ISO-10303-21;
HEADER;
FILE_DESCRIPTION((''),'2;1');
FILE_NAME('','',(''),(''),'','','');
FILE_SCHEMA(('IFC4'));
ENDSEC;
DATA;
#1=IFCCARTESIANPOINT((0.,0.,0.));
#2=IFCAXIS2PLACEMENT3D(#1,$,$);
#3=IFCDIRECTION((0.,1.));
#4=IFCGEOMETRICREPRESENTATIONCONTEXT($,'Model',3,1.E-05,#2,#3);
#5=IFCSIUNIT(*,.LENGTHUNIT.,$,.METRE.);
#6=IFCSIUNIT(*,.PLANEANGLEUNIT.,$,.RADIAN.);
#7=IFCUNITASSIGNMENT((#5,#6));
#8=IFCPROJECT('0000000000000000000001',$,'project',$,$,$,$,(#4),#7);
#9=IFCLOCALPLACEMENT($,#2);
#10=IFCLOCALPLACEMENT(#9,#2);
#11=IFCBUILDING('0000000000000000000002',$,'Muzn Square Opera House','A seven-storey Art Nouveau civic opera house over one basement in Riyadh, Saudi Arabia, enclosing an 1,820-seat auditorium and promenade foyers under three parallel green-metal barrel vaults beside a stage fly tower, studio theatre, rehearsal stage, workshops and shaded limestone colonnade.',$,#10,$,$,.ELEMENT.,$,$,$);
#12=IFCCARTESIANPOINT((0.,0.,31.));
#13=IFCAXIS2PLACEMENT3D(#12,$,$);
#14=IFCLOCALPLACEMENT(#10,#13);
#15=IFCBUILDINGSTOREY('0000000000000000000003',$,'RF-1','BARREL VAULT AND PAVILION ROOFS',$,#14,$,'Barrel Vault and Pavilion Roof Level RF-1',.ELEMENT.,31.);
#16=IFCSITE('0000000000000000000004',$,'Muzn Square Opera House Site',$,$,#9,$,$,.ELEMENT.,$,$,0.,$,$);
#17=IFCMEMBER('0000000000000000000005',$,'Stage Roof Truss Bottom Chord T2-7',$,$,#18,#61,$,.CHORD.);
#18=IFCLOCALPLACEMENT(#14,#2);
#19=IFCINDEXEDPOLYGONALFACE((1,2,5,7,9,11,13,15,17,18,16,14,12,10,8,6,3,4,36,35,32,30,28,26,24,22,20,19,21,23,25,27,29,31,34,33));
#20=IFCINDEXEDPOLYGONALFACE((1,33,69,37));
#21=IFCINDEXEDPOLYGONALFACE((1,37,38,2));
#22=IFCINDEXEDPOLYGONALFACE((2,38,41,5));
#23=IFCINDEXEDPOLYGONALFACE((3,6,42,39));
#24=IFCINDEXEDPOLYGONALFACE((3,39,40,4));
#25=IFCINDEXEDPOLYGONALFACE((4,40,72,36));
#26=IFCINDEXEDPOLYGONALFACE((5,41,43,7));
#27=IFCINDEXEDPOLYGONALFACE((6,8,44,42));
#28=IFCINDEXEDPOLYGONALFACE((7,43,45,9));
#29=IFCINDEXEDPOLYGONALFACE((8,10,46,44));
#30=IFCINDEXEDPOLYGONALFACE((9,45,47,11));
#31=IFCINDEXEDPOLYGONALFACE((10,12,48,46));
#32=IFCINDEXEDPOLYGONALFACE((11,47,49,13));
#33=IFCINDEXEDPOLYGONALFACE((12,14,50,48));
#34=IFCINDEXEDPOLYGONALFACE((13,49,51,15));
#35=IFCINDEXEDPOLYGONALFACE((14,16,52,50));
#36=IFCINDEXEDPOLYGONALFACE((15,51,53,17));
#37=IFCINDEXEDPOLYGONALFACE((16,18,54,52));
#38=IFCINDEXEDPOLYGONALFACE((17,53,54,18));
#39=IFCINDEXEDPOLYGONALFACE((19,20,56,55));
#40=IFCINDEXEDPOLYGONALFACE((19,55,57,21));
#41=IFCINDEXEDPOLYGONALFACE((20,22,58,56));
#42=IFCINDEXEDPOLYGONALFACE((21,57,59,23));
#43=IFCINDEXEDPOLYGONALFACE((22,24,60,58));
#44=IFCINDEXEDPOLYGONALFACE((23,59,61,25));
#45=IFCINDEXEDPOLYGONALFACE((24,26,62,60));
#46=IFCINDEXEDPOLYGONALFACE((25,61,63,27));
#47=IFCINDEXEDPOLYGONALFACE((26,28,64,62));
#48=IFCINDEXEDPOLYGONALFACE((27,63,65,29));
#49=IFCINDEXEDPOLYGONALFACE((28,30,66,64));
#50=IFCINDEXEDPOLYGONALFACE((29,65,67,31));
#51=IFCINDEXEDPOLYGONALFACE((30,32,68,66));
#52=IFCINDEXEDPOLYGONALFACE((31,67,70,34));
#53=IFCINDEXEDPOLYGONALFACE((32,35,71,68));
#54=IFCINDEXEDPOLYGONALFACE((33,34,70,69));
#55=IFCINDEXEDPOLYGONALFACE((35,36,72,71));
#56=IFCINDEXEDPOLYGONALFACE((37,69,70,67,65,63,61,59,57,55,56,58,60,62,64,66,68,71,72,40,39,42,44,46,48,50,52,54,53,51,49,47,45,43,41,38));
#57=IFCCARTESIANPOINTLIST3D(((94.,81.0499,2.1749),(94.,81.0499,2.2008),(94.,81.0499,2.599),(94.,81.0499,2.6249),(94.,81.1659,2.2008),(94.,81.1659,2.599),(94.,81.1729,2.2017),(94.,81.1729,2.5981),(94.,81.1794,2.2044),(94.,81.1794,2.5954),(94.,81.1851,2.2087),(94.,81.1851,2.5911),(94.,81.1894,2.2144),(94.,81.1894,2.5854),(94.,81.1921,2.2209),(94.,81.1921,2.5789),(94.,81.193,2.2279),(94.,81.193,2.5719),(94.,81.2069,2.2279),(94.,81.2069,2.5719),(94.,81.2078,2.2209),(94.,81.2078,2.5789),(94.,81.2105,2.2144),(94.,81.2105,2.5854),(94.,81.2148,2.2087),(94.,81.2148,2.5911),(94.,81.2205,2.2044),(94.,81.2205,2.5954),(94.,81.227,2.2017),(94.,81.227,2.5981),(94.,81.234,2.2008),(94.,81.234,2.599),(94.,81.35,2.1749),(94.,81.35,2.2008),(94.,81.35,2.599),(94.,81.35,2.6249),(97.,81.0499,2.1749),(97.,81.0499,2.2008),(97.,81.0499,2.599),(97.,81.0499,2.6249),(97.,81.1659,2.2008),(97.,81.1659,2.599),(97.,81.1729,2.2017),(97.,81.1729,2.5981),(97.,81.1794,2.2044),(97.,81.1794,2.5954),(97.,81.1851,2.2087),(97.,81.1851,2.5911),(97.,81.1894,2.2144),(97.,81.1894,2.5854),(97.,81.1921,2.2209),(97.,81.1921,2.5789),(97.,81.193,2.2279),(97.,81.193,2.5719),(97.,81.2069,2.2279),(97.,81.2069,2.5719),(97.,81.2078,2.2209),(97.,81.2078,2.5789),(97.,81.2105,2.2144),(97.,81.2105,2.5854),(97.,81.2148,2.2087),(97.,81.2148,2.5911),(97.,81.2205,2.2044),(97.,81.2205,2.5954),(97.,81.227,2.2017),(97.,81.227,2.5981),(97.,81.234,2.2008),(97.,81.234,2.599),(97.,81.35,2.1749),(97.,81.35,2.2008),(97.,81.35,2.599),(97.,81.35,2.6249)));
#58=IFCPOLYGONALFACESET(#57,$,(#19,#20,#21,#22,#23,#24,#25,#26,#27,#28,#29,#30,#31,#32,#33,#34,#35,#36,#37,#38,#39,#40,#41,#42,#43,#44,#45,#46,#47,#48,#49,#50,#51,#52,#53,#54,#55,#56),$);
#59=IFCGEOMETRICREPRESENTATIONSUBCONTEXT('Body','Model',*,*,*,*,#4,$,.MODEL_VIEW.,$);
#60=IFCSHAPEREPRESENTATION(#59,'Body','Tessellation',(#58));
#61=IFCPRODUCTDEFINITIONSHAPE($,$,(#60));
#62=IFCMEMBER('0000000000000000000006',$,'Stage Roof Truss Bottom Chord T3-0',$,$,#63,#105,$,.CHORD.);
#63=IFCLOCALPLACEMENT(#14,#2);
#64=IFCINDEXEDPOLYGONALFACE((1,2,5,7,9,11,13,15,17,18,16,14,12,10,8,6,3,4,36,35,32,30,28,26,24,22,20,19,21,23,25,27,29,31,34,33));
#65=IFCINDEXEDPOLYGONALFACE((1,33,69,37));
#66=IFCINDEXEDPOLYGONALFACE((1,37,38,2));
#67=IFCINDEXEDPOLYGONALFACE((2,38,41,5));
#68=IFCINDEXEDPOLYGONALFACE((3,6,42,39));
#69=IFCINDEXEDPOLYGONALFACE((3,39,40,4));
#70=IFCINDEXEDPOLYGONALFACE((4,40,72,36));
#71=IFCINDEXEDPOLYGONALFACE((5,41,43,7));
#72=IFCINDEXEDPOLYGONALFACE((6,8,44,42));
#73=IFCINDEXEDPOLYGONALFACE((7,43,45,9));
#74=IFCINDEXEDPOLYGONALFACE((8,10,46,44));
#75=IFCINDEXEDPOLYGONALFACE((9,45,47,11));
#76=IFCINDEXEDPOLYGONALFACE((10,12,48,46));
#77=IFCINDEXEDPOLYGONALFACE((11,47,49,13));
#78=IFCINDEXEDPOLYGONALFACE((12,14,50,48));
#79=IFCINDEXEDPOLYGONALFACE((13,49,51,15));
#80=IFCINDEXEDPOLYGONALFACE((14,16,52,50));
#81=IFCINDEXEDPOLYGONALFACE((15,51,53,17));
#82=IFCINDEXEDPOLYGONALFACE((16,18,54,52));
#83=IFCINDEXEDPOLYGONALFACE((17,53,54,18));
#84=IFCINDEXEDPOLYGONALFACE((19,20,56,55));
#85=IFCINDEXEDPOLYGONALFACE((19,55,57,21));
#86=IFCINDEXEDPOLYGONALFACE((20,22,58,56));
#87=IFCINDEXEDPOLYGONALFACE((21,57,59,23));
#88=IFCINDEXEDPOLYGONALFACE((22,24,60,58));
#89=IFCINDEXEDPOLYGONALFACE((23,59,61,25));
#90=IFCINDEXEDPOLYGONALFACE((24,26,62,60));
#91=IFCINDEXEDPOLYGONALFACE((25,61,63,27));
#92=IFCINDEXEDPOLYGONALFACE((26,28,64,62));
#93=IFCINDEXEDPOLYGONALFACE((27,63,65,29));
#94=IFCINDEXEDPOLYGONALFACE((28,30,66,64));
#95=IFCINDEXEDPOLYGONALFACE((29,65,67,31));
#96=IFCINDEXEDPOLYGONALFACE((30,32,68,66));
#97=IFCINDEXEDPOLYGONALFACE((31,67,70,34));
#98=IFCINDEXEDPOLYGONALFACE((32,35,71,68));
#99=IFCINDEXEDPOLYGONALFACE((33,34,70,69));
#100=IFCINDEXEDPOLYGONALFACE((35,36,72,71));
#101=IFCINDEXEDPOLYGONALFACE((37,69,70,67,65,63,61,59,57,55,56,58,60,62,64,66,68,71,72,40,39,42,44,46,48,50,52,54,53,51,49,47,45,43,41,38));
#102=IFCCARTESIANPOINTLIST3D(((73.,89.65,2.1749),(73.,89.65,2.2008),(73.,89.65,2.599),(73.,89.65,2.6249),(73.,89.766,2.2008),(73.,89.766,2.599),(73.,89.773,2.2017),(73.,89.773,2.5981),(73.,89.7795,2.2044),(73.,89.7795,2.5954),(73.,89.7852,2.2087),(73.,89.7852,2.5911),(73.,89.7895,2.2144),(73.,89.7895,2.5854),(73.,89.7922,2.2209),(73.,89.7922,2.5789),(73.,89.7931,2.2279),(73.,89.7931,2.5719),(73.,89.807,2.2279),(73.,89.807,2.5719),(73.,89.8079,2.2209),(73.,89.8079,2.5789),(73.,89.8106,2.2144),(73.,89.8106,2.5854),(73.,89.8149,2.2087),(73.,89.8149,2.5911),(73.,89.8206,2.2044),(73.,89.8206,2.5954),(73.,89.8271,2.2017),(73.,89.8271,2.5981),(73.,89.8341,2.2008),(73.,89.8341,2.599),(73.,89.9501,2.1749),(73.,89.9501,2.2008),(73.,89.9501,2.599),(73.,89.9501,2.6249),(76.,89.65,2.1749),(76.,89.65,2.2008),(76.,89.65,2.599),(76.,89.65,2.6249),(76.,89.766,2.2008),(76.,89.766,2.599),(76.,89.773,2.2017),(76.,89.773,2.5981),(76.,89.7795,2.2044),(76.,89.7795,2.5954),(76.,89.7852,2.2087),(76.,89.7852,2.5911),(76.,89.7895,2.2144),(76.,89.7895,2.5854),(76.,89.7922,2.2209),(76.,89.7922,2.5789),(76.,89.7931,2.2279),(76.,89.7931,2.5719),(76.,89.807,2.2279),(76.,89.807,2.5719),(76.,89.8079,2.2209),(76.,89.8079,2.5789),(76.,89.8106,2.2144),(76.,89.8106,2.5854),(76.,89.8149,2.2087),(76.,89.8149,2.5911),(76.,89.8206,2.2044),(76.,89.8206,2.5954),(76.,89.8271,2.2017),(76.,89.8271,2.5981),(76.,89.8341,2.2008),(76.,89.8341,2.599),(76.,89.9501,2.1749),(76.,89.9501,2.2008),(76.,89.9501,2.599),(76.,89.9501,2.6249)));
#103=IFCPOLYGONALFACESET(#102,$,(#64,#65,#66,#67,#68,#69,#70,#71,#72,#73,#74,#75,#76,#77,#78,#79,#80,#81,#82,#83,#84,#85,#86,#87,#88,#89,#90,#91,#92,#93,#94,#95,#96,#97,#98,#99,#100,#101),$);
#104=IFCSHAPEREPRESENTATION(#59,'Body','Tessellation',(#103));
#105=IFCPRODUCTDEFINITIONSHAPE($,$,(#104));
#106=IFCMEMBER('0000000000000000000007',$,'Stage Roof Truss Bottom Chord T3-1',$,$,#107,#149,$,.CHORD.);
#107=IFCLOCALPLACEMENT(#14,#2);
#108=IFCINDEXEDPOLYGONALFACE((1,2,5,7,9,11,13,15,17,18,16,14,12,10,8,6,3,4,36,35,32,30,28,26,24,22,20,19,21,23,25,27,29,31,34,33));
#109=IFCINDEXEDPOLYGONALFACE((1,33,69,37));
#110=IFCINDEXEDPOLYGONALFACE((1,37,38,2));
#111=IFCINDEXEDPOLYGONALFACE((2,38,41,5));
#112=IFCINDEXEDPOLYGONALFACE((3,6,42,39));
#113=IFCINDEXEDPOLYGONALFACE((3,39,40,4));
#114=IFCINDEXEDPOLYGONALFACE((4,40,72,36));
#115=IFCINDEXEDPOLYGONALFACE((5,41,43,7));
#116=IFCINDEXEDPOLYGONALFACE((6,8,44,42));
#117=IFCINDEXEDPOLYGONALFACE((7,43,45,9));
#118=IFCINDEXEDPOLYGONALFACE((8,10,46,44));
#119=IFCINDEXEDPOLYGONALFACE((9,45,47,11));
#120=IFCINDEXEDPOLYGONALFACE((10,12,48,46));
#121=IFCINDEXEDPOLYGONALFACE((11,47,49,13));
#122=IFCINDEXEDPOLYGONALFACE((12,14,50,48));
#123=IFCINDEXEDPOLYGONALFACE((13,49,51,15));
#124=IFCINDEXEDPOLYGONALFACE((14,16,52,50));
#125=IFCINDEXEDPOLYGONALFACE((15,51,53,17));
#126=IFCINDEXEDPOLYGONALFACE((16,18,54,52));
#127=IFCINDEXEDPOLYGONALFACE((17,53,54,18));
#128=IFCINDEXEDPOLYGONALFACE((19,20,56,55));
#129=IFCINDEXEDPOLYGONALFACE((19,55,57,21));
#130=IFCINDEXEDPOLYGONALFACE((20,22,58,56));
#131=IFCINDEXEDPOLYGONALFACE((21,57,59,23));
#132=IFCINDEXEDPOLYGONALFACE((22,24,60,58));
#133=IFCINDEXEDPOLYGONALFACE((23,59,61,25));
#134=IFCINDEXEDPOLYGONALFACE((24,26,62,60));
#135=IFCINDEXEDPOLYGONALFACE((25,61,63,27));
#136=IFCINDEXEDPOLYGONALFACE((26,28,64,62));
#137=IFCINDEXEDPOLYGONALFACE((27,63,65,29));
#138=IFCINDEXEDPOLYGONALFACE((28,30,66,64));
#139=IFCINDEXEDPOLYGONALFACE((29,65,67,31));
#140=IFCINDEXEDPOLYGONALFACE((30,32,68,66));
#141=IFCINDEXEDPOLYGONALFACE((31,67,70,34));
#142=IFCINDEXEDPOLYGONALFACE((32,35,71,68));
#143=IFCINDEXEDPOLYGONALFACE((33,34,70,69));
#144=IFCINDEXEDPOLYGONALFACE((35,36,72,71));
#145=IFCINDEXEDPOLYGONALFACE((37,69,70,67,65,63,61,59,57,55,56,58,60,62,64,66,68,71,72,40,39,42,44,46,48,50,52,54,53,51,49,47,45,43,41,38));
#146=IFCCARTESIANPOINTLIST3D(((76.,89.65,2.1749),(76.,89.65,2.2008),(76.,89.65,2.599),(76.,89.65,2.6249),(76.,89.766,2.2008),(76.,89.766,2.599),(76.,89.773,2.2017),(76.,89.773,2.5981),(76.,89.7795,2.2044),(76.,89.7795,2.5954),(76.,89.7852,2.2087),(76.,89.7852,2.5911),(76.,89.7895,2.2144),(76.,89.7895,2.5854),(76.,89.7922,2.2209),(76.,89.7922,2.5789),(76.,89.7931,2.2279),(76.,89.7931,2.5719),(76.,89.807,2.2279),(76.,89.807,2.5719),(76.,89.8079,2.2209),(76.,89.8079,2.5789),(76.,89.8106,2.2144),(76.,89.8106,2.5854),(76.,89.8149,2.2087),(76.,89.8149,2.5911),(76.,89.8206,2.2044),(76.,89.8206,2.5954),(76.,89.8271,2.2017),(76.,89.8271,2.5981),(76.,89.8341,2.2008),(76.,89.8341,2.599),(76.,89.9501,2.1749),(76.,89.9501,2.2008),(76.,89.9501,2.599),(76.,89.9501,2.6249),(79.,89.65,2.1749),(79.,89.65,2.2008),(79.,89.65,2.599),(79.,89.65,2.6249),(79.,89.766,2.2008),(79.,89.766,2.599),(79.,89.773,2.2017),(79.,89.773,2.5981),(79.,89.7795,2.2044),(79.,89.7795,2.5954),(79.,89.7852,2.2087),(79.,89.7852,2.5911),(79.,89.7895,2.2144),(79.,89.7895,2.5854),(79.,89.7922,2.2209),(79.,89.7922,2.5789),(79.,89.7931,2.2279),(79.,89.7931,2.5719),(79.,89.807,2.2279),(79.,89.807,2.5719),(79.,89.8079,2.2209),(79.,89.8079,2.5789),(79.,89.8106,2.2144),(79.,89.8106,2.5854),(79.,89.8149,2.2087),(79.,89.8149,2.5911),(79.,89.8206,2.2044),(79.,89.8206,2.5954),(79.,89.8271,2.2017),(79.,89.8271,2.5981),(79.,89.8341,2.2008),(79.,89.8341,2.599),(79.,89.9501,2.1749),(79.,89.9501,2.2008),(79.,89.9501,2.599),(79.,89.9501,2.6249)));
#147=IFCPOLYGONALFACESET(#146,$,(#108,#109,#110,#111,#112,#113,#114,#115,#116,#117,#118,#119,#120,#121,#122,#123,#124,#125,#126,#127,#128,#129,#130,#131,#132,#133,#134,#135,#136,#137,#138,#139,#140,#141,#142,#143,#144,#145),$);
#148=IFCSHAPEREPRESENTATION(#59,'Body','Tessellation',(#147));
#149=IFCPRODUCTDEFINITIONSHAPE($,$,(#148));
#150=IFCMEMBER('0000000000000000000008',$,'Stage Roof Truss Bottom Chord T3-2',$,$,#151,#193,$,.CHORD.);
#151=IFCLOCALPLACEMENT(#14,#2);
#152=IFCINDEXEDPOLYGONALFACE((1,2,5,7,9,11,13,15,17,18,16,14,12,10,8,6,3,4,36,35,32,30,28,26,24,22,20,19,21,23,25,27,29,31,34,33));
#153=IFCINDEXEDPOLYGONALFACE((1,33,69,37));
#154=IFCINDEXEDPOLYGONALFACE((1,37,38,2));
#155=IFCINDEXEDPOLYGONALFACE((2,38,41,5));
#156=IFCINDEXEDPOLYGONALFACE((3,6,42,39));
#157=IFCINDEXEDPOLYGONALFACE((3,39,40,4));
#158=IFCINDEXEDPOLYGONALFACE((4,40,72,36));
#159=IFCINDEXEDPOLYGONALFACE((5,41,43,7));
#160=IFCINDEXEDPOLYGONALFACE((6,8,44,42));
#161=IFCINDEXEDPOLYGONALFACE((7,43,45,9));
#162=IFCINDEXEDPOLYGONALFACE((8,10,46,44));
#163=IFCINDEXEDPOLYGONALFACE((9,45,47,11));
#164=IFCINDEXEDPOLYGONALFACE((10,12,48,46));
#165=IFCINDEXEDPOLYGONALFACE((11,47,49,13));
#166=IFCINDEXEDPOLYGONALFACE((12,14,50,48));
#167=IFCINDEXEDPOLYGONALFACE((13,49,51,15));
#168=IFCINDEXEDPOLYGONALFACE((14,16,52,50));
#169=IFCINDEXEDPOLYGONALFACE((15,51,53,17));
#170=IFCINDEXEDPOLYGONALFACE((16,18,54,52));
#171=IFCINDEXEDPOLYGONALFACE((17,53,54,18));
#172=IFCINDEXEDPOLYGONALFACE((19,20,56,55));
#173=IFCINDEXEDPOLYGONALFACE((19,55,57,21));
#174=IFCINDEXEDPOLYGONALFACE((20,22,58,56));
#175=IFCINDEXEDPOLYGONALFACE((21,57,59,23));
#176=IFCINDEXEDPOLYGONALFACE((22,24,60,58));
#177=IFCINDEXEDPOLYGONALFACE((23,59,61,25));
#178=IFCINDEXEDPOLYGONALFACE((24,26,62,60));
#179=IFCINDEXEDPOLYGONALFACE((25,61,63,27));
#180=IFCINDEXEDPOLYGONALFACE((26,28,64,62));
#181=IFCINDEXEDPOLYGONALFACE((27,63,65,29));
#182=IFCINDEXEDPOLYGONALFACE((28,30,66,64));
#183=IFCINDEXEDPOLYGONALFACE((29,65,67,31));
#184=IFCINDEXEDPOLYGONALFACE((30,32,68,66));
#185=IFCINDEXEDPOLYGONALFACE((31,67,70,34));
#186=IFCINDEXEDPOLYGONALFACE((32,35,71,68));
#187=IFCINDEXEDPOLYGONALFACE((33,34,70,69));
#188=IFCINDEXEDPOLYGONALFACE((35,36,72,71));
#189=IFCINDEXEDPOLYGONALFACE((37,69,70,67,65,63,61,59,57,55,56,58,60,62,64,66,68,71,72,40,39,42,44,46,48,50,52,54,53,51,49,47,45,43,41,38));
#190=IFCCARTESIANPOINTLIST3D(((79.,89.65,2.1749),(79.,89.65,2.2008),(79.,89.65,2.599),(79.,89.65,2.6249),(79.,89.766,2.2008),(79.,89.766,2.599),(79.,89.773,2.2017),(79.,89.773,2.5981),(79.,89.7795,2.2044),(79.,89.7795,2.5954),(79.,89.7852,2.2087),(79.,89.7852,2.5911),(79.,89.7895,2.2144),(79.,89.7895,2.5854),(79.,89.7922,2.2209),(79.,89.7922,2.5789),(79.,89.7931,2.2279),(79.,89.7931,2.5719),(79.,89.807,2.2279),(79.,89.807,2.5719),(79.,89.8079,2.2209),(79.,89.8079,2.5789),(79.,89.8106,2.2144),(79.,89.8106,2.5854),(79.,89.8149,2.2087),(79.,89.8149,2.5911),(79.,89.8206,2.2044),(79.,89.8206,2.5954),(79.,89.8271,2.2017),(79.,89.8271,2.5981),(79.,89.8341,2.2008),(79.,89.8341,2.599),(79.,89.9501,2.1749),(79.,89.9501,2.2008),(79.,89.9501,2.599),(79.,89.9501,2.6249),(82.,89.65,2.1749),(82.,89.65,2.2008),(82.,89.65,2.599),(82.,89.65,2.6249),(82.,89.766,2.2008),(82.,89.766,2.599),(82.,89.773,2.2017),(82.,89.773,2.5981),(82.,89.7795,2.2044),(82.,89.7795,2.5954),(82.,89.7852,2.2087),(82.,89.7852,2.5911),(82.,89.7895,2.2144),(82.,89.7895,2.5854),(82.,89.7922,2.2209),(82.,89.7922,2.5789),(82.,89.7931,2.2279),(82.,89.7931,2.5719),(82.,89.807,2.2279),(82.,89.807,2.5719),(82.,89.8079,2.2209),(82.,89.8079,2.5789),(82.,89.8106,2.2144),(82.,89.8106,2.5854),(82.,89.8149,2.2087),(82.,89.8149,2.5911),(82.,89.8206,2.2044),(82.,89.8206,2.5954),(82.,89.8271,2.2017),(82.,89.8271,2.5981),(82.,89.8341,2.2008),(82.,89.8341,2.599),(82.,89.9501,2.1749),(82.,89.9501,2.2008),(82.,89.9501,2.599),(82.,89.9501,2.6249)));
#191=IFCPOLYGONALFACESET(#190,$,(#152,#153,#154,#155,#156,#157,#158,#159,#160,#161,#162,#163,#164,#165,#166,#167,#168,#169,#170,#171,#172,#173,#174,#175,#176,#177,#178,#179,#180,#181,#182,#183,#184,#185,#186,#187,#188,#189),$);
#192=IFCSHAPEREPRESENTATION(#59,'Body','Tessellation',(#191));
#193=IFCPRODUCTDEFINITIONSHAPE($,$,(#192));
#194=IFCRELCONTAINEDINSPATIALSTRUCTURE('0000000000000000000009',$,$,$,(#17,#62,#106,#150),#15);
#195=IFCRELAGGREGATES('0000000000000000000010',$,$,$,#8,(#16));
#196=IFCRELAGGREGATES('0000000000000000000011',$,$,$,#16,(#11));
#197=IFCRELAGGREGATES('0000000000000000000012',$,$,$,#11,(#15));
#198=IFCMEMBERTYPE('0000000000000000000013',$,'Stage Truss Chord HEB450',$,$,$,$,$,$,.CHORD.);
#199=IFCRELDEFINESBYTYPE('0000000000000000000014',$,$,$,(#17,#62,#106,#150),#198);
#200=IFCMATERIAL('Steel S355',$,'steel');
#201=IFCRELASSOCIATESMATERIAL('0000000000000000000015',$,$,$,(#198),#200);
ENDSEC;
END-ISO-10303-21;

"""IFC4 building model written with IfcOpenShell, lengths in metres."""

from ifc_helpers import new_model, si_unit, direction, frame, origin, origin_2d, place, context, subcontext, project, spatial, i_section, extrude, material, material_profile, profile_set, type_object, element, save


model = new_model("IFC4")

# Units and contexts
model_context = context("Model", 3, precision=1e-05, world=origin(), true_north=direction((0.0, 1.0)))
body_context = subcontext(model_context, "Body", "Model", "MODEL_VIEW")
ifc_project = project(units=[si_unit("LENGTHUNIT", "METRE"), si_unit("PLANEANGLEUNIT", "RADIAN")], contexts=[model_context])

# Site, building, storey
site_placement = place(None, origin())
site = spatial("IfcSite", under=ifc_project, at=site_placement, Name="Muzn Square Opera House Site", CompositionType="ELEMENT", RefElevation=0.0)
building_placement = place(site_placement, origin())
building = spatial("IfcBuilding", under=site, at=building_placement, Name="Muzn Square Opera House", Description="A seven-storey Art Nouveau civic opera house over one basement in Riyadh, Saudi Arabia, enclosing an 1,820-seat auditorium and promenade foyers under three parallel green-metal barrel vaults beside a stage fly tower, studio theatre, rehearsal stage, workshops and shaded limestone colonnade.", CompositionType="ELEMENT")
storey_placement = place(building_placement, frame((0.0, 0.0, 31.0)))
storey = spatial("IfcBuildingStorey", under=building, at=storey_placement, Name="RF-1", Description="BARREL VAULT AND PAVILION ROOFS", LongName="Barrel Vault and Pavilion Roof Level RF-1", CompositionType="ELEMENT", Elevation=31.0)

# Shared definitions
ifc_material_1 = material(Name="Steel S355", Category="steel")

# Members
ifc_material_profile_1 = material_profile(ifc_material_1, i_section(OverallWidth=0.3, OverallDepth=0.45, WebThickness=0.0139, FlangeThickness=0.0259, FilletRadius=0.0271, at=origin_2d()), Name="HEB 450", Category="steel")
ifc_profile_set_1 = profile_set([ifc_material_profile_1], Name="Steel S355")
member_type_1 = type_object("IfcMemberType", Name="Stage Truss Chord HEB450", PredefinedType="CHORD", material=ifc_profile_set_1)
for number, where, z_axis, x_axis, name in (
    (1, (94.0, 81.2, 2.3999), (1.0, 0.0, 0.0), (0.0, 1.0, 0.0), "Stage Roof Truss Bottom Chord T2-7"),
    (2, (73.0, 89.8, 2.3999), (1.0, 0.0, 0.0), (0.0, 1.0, 0.0), "Stage Roof Truss Bottom Chord T3-0"),
    (3, (76.0, 89.8, 2.3999), (1.0, 0.0, 0.0), (0.0, 1.0, 0.0), "Stage Roof Truss Bottom Chord T3-1"),
    (4, (79.0, 89.8, 2.3999), (1.0, 0.0, 0.0), (0.0, 1.0, 0.0), "Stage Roof Truss Bottom Chord T3-2"),
):
    element("IfcMember", number, at=place(storey_placement, frame(where, z_axis=z_axis, x_axis=x_axis)), inside=storey, type_object=member_type_1, Name=name, PredefinedType="CHORD", context=body_context, shape_type="SweptSolid", body=[
        extrude(i_section(OverallWidth=0.3, OverallDepth=0.45, WebThickness=0.0139, FlangeThickness=0.0259, FilletRadius=0.0271, at=origin_2d()), origin(), (0.0, 0.0, 1.0), 3.0),
    ])

save(model, "model.ifc")
